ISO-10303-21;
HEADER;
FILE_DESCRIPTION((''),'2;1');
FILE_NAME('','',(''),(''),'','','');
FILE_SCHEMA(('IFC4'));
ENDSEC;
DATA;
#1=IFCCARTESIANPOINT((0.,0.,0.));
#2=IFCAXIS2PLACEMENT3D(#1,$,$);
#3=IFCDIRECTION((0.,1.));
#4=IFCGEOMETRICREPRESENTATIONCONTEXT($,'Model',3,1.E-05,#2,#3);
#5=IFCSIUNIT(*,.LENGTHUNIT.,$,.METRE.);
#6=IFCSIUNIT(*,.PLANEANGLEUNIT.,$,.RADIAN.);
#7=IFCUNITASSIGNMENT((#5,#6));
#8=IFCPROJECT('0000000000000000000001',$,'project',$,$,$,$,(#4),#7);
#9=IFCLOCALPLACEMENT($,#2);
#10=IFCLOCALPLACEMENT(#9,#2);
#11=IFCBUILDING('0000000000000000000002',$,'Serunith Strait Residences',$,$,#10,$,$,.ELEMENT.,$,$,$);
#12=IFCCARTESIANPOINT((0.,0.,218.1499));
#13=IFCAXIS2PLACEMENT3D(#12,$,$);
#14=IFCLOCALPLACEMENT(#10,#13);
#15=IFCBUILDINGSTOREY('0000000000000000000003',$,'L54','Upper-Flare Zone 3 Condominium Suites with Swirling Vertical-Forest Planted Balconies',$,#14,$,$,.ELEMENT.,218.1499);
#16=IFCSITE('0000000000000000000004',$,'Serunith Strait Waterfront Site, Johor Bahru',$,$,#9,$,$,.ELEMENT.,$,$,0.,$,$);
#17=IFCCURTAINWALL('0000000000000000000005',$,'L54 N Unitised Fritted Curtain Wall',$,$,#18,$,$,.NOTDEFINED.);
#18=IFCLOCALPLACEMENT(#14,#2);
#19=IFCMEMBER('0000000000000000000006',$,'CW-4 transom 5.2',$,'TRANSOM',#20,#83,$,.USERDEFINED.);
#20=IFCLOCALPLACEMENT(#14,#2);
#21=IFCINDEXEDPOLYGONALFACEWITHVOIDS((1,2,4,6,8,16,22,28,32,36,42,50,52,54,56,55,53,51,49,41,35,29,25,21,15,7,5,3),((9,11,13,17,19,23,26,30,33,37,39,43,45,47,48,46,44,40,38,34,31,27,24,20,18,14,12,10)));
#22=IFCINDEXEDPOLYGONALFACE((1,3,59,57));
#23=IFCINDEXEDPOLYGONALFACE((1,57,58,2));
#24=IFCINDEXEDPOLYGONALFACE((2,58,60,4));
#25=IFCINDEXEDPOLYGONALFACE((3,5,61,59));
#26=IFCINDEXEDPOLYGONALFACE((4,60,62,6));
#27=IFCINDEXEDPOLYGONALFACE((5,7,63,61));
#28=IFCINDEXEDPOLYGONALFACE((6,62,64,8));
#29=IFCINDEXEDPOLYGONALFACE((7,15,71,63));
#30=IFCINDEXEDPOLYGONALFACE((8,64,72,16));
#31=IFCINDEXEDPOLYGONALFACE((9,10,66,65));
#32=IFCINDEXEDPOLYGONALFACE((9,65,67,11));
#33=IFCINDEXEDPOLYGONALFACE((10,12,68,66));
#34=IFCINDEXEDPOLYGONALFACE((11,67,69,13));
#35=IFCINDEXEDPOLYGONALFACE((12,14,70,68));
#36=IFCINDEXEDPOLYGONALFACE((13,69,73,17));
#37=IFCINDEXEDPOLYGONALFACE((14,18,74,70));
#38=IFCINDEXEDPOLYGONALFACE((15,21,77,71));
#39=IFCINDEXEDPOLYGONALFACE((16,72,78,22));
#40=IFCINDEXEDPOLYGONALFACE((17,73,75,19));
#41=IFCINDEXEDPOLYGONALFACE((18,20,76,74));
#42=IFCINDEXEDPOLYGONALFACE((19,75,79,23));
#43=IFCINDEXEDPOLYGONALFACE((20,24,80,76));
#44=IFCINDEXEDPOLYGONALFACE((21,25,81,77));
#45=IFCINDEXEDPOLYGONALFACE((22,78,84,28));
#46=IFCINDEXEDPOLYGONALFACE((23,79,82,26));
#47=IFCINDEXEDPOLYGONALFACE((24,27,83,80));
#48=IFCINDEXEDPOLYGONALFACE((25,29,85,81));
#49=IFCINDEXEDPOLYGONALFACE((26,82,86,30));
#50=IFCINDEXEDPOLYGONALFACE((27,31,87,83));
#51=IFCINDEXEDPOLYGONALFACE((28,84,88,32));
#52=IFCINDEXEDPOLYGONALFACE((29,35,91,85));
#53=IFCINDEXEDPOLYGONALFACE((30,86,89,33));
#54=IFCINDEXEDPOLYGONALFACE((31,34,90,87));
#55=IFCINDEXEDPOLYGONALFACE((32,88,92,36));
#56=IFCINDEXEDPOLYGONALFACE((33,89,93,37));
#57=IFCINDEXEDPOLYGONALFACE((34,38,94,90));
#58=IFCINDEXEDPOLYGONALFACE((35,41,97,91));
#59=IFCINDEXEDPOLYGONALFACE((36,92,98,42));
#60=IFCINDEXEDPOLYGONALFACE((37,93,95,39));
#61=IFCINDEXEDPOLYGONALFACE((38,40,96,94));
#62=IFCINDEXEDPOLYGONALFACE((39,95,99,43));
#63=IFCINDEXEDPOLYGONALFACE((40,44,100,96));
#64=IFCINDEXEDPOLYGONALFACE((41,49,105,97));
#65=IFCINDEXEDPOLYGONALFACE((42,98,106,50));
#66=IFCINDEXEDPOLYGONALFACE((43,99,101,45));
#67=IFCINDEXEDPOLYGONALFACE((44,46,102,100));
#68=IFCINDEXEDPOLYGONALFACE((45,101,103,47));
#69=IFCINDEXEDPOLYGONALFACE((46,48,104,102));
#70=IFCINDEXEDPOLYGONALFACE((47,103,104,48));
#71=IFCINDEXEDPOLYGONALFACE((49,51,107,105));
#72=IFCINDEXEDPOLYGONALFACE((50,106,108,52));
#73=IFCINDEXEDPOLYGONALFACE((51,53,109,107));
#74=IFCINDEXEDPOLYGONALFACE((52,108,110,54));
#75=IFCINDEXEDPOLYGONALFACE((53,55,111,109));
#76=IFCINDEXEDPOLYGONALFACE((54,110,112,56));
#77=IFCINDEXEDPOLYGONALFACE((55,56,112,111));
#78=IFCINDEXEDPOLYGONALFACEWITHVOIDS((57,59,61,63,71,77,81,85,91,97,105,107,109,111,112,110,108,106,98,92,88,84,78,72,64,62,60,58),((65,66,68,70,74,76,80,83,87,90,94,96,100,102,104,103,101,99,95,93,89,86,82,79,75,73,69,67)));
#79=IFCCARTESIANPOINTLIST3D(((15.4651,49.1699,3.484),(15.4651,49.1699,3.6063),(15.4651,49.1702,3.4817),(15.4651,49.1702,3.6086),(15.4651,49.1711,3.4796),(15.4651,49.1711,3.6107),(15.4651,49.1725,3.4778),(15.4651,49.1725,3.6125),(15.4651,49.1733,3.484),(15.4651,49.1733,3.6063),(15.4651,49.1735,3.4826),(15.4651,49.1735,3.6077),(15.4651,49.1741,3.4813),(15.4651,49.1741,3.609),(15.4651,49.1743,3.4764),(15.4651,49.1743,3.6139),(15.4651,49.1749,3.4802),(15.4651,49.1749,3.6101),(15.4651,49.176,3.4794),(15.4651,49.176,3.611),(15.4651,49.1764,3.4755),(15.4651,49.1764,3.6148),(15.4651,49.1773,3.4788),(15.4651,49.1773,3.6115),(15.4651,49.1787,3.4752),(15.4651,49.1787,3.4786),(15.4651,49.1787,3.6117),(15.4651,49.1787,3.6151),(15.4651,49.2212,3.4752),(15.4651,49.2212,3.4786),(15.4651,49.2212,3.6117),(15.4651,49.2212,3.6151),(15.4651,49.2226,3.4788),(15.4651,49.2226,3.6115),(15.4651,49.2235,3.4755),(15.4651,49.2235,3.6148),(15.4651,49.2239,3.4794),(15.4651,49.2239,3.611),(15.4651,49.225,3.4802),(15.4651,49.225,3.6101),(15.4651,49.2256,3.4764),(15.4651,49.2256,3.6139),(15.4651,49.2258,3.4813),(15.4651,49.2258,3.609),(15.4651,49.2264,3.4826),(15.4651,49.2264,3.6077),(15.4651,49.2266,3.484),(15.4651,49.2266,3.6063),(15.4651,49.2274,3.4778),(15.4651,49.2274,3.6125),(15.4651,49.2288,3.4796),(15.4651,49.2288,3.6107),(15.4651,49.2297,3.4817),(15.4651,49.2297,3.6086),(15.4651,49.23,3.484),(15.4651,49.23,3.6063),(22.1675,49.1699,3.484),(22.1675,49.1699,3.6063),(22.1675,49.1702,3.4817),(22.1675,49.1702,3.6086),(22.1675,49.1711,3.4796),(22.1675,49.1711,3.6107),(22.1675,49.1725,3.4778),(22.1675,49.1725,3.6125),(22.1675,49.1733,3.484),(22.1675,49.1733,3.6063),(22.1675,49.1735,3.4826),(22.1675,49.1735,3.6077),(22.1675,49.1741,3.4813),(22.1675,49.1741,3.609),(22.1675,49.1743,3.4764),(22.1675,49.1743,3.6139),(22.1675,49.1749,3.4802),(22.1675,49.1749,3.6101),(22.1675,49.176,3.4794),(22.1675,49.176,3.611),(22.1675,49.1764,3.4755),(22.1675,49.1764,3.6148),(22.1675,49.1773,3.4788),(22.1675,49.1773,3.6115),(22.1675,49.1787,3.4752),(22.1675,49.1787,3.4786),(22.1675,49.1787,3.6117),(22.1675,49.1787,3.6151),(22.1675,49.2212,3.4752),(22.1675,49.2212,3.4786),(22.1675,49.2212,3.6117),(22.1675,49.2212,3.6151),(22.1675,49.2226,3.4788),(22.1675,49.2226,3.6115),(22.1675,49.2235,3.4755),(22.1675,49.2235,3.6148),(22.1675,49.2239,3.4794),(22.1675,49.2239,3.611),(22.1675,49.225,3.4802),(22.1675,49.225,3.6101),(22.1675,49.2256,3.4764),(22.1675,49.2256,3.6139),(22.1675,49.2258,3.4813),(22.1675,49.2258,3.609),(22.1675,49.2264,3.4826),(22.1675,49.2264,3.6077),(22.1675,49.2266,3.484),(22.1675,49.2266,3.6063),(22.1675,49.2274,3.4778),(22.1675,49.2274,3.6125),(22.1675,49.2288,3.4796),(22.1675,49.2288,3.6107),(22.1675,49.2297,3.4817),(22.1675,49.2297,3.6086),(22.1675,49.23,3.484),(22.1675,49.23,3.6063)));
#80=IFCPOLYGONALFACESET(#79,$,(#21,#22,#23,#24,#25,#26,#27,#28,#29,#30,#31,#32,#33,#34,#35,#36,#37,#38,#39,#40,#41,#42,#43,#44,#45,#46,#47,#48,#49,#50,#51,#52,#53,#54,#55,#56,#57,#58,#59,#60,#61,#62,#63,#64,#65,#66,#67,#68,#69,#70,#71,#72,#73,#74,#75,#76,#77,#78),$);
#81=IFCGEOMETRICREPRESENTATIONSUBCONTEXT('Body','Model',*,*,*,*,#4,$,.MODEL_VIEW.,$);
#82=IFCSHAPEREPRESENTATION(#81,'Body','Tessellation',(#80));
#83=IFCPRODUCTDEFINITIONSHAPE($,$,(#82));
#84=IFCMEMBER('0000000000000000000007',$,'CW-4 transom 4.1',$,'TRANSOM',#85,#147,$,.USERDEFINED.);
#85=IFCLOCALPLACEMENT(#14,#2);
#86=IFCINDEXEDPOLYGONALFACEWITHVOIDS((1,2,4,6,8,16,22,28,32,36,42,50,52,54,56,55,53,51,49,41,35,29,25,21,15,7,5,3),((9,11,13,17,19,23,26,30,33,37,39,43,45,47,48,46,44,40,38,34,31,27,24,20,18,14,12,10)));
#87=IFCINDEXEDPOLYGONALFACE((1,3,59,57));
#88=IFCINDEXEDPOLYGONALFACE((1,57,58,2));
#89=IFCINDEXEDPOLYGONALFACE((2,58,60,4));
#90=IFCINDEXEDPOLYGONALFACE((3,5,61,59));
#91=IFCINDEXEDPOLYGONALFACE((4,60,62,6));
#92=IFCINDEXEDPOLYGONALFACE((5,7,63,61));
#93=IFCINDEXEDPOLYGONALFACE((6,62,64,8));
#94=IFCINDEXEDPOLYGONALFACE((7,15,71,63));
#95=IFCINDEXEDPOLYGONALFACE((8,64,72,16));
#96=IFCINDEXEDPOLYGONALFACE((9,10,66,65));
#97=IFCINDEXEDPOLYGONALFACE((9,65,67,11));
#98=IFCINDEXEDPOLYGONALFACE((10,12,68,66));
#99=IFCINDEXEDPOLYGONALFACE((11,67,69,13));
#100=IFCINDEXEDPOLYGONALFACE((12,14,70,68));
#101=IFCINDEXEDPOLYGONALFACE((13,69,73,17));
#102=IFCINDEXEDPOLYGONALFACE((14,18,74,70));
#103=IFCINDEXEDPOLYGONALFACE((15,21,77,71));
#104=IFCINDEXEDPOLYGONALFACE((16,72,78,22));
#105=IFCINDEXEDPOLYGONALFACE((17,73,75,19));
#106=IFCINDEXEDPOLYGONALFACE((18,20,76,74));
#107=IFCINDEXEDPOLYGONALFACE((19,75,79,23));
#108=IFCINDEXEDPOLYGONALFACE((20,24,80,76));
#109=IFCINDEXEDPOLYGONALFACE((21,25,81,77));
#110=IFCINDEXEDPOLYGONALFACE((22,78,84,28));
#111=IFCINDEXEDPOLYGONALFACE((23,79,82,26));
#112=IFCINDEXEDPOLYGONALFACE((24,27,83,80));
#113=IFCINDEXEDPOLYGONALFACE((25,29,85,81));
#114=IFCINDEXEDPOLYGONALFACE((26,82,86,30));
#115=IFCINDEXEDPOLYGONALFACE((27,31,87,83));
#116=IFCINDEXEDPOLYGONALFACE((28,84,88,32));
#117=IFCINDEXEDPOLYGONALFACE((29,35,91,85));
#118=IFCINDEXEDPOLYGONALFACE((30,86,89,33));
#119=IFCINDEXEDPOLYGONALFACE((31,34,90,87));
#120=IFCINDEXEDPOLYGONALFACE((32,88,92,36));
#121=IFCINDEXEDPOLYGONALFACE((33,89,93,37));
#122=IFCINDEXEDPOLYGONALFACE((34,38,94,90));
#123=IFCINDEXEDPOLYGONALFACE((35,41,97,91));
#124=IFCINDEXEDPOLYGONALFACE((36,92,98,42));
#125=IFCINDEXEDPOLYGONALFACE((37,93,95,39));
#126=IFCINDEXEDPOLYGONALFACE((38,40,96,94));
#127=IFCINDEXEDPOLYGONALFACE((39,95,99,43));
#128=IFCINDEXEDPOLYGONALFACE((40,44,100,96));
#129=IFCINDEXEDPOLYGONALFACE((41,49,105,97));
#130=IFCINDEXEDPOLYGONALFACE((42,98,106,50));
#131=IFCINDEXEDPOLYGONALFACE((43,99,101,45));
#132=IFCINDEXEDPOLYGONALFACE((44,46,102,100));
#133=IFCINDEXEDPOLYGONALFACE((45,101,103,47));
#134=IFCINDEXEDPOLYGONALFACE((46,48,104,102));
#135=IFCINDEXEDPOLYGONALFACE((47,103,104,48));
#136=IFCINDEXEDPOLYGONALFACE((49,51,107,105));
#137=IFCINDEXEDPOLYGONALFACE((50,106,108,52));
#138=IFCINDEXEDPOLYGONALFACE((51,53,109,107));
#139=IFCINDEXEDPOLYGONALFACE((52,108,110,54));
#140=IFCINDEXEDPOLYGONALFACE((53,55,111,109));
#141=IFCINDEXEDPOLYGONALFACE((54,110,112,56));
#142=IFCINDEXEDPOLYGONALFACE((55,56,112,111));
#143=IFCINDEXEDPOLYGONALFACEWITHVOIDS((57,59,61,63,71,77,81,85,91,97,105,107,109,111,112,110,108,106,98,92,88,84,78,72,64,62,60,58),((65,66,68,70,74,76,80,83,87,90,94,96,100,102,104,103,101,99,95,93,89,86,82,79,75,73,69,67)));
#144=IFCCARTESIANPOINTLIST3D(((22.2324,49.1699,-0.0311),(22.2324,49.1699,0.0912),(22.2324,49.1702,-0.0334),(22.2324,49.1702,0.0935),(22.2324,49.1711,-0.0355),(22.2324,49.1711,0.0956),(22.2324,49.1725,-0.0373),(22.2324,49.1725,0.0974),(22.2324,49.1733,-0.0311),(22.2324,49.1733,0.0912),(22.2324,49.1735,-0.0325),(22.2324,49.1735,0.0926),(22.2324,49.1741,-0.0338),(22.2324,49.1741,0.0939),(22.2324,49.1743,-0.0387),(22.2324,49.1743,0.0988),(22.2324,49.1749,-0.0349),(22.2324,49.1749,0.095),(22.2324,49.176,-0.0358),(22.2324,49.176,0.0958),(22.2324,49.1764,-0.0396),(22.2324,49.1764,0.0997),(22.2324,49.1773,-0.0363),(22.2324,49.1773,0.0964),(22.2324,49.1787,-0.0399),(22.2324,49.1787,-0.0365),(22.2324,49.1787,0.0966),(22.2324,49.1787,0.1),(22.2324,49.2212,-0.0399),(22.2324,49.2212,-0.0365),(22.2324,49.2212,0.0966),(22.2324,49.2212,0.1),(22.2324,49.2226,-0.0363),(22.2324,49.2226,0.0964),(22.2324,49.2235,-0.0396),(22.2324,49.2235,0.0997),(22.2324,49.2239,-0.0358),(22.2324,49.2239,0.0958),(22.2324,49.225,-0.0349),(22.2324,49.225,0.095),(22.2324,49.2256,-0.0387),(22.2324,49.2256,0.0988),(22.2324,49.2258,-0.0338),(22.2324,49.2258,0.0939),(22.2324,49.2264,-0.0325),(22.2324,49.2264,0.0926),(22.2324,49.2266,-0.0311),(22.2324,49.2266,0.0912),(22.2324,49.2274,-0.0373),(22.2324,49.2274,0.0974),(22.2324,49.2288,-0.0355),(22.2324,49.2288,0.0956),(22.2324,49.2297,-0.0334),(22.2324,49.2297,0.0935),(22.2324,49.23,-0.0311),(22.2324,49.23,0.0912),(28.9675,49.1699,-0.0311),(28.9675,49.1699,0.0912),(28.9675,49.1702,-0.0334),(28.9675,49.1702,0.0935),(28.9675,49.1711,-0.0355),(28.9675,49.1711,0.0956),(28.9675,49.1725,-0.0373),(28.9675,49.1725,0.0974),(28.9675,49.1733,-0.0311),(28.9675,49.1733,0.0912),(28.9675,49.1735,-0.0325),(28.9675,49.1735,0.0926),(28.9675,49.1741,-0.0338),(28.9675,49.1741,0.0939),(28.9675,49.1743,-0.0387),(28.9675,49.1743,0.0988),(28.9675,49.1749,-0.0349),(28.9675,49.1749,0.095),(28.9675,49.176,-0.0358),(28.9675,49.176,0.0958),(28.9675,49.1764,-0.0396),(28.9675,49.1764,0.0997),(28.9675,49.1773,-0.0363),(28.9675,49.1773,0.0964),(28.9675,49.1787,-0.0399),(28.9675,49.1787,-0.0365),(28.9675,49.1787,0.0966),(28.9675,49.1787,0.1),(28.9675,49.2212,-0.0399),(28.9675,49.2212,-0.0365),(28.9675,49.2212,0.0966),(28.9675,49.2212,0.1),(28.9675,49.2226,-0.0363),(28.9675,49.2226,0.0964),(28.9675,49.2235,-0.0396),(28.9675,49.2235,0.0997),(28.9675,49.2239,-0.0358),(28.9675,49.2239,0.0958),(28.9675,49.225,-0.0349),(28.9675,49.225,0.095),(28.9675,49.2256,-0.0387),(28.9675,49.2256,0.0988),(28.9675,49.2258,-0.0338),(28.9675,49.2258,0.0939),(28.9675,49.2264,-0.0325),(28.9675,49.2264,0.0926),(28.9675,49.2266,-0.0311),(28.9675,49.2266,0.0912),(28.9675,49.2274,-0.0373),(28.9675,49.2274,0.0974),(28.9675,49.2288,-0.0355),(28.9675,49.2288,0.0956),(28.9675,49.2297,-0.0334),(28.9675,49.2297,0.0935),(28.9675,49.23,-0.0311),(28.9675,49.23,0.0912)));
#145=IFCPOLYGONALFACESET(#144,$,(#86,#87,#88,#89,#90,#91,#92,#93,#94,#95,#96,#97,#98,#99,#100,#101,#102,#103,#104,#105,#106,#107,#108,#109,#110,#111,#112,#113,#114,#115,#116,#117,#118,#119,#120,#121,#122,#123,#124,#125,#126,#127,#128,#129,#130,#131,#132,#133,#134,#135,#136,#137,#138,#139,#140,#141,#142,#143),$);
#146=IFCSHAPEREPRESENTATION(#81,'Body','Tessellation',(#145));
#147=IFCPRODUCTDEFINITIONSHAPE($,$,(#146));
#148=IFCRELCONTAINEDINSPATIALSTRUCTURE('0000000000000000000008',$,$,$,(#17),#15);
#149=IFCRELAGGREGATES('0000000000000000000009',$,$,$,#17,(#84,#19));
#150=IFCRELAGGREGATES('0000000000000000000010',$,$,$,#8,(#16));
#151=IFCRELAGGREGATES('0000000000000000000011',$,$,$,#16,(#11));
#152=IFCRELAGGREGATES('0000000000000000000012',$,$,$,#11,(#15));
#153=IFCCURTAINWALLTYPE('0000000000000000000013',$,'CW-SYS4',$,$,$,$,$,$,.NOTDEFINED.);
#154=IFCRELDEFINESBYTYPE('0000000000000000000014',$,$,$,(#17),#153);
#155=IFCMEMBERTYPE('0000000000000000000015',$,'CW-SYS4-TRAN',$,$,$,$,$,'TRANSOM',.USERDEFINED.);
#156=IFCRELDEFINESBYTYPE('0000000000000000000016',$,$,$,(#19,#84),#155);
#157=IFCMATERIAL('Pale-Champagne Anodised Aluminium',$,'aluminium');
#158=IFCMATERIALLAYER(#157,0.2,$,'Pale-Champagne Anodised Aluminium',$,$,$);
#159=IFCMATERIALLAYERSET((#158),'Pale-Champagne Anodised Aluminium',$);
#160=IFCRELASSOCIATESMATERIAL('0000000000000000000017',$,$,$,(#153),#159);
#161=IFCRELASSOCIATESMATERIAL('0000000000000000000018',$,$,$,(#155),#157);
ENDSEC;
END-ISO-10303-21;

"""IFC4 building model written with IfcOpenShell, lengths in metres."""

from ifc_helpers import new_model, si_unit, direction, frame, origin, origin_2d, place, context, subcontext, project, spatial, hollow_rectangle, extrude, source, transform, mapped, material, layer, layer_set, material_profile, profile_set, type_object, element, aggregate, save


model = new_model("IFC4")

# Units and contexts
model_context = context("Model", 3, precision=1e-05, world=origin(), true_north=direction((0.0, 1.0)))
body_context = subcontext(model_context, "Body", "Model", "MODEL_VIEW")
ifc_project = project(units=[si_unit("LENGTHUNIT", "METRE"), si_unit("PLANEANGLEUNIT", "RADIAN")], contexts=[model_context])

# Site, building, storey
site_placement = place(None, origin())
site = spatial("IfcSite", under=ifc_project, at=site_placement, Name="Serunith Strait Waterfront Site, Johor Bahru", CompositionType="ELEMENT", RefElevation=0.0)
building_placement = place(site_placement, origin())
building = spatial("IfcBuilding", under=site, at=building_placement, Name="Serunith Strait Residences", CompositionType="ELEMENT")
storey_placement = place(building_placement, frame((0.0, 0.0, 218.1499)))
storey = spatial("IfcBuildingStorey", under=building, at=storey_placement, Name="L54", Description="Upper-Flare Zone 3 Condominium Suites with Swirling Vertical-Forest Planted Balconies", CompositionType="ELEMENT", Elevation=218.1499)

# Curtain wall, members
ifc_material_1 = material(Name="Pale-Champagne Anodised Aluminium", Category="aluminium")
ifc_layer_1 = layer(ifc_material_1, 0.2, Name="Pale-Champagne Anodised Aluminium")
ifc_layer_set_1 = layer_set([ifc_layer_1], Name="Pale-Champagne Anodised Aluminium")
curtain_wall_type = type_object("IfcCurtainWallType", Name="CW-SYS4", PredefinedType="NOTDEFINED", material=ifc_layer_set_1)
curtain_wall_placement = place(storey_placement, origin())
curtain_wall = element("IfcCurtainWall", 1, at=curtain_wall_placement, inside=storey, type_object=curtain_wall_type, Name="L54 N Unitised Fritted Curtain Wall", PredefinedType="NOTDEFINED")
ifc_material_profile_1 = material_profile(ifc_material_1, hollow_rectangle(XDim=0.0601, YDim=0.1399, WallThickness=0.0034, InnerFilletRadius=0.0054, OuterFilletRadius=0.0088, at=origin_2d()), Name="ALU 140x60x3.5")
ifc_profile_set_1 = profile_set([ifc_material_profile_1], Name="Pale-Champagne Anodised Aluminium")
member_type_1 = type_object("IfcMemberType", Name="CW-SYS4-TRAN", ElementType="TRANSOM", PredefinedType="USERDEFINED", material=ifc_profile_set_1)
shared_shape_1 = source(origin(), body_context, "Body", "SweptSolid", [
    extrude(hollow_rectangle(XDim=0.0601, YDim=0.1399, WallThickness=0.0034, InnerFilletRadius=0.0054, OuterFilletRadius=0.0088, at=origin_2d()), origin(), (0.0, 0.0, 1.0), 6.7024),
])
member_1_placement = place(storey_placement, frame((22.1675, 49.2, 3.5452), z_axis=(-1.0, 0.0, 0.0), x_axis=(0.0, -1.0, 0.0)))
member_1 = element("IfcMember", 2, at=member_1_placement, type_object=member_type_1, Name="CW-4 transom 5.2", ObjectType="TRANSOM", PredefinedType="USERDEFINED", context=body_context, shape_type="MappedRepresentation", body=[
    mapped(shared_shape_1, transform((0.0, 0.0, 0.0), scale=1.0)),
])
shared_shape_2 = source(origin(), body_context, "Body", "SweptSolid", [
    extrude(hollow_rectangle(XDim=0.0601, YDim=0.1399, WallThickness=0.0034, InnerFilletRadius=0.0054, OuterFilletRadius=0.0088, at=origin_2d()), origin(), (0.0, 0.0, 1.0), 6.7351),
])
member_2_placement = place(storey_placement, frame((28.9675, 49.2, 0.03), z_axis=(-1.0, 0.0, 0.0), x_axis=(0.0, -1.0, 0.0)))
member_2 = element("IfcMember", 3, at=member_2_placement, type_object=member_type_1, Name="CW-4 transom 4.1", ObjectType="TRANSOM", PredefinedType="USERDEFINED", context=body_context, shape_type="MappedRepresentation", body=[
    mapped(shared_shape_2, transform((0.0, 0.0, 0.0), scale=1.0)),
])
aggregate(curtain_wall, [member_2, member_1])

save(model, "model.ifc")
